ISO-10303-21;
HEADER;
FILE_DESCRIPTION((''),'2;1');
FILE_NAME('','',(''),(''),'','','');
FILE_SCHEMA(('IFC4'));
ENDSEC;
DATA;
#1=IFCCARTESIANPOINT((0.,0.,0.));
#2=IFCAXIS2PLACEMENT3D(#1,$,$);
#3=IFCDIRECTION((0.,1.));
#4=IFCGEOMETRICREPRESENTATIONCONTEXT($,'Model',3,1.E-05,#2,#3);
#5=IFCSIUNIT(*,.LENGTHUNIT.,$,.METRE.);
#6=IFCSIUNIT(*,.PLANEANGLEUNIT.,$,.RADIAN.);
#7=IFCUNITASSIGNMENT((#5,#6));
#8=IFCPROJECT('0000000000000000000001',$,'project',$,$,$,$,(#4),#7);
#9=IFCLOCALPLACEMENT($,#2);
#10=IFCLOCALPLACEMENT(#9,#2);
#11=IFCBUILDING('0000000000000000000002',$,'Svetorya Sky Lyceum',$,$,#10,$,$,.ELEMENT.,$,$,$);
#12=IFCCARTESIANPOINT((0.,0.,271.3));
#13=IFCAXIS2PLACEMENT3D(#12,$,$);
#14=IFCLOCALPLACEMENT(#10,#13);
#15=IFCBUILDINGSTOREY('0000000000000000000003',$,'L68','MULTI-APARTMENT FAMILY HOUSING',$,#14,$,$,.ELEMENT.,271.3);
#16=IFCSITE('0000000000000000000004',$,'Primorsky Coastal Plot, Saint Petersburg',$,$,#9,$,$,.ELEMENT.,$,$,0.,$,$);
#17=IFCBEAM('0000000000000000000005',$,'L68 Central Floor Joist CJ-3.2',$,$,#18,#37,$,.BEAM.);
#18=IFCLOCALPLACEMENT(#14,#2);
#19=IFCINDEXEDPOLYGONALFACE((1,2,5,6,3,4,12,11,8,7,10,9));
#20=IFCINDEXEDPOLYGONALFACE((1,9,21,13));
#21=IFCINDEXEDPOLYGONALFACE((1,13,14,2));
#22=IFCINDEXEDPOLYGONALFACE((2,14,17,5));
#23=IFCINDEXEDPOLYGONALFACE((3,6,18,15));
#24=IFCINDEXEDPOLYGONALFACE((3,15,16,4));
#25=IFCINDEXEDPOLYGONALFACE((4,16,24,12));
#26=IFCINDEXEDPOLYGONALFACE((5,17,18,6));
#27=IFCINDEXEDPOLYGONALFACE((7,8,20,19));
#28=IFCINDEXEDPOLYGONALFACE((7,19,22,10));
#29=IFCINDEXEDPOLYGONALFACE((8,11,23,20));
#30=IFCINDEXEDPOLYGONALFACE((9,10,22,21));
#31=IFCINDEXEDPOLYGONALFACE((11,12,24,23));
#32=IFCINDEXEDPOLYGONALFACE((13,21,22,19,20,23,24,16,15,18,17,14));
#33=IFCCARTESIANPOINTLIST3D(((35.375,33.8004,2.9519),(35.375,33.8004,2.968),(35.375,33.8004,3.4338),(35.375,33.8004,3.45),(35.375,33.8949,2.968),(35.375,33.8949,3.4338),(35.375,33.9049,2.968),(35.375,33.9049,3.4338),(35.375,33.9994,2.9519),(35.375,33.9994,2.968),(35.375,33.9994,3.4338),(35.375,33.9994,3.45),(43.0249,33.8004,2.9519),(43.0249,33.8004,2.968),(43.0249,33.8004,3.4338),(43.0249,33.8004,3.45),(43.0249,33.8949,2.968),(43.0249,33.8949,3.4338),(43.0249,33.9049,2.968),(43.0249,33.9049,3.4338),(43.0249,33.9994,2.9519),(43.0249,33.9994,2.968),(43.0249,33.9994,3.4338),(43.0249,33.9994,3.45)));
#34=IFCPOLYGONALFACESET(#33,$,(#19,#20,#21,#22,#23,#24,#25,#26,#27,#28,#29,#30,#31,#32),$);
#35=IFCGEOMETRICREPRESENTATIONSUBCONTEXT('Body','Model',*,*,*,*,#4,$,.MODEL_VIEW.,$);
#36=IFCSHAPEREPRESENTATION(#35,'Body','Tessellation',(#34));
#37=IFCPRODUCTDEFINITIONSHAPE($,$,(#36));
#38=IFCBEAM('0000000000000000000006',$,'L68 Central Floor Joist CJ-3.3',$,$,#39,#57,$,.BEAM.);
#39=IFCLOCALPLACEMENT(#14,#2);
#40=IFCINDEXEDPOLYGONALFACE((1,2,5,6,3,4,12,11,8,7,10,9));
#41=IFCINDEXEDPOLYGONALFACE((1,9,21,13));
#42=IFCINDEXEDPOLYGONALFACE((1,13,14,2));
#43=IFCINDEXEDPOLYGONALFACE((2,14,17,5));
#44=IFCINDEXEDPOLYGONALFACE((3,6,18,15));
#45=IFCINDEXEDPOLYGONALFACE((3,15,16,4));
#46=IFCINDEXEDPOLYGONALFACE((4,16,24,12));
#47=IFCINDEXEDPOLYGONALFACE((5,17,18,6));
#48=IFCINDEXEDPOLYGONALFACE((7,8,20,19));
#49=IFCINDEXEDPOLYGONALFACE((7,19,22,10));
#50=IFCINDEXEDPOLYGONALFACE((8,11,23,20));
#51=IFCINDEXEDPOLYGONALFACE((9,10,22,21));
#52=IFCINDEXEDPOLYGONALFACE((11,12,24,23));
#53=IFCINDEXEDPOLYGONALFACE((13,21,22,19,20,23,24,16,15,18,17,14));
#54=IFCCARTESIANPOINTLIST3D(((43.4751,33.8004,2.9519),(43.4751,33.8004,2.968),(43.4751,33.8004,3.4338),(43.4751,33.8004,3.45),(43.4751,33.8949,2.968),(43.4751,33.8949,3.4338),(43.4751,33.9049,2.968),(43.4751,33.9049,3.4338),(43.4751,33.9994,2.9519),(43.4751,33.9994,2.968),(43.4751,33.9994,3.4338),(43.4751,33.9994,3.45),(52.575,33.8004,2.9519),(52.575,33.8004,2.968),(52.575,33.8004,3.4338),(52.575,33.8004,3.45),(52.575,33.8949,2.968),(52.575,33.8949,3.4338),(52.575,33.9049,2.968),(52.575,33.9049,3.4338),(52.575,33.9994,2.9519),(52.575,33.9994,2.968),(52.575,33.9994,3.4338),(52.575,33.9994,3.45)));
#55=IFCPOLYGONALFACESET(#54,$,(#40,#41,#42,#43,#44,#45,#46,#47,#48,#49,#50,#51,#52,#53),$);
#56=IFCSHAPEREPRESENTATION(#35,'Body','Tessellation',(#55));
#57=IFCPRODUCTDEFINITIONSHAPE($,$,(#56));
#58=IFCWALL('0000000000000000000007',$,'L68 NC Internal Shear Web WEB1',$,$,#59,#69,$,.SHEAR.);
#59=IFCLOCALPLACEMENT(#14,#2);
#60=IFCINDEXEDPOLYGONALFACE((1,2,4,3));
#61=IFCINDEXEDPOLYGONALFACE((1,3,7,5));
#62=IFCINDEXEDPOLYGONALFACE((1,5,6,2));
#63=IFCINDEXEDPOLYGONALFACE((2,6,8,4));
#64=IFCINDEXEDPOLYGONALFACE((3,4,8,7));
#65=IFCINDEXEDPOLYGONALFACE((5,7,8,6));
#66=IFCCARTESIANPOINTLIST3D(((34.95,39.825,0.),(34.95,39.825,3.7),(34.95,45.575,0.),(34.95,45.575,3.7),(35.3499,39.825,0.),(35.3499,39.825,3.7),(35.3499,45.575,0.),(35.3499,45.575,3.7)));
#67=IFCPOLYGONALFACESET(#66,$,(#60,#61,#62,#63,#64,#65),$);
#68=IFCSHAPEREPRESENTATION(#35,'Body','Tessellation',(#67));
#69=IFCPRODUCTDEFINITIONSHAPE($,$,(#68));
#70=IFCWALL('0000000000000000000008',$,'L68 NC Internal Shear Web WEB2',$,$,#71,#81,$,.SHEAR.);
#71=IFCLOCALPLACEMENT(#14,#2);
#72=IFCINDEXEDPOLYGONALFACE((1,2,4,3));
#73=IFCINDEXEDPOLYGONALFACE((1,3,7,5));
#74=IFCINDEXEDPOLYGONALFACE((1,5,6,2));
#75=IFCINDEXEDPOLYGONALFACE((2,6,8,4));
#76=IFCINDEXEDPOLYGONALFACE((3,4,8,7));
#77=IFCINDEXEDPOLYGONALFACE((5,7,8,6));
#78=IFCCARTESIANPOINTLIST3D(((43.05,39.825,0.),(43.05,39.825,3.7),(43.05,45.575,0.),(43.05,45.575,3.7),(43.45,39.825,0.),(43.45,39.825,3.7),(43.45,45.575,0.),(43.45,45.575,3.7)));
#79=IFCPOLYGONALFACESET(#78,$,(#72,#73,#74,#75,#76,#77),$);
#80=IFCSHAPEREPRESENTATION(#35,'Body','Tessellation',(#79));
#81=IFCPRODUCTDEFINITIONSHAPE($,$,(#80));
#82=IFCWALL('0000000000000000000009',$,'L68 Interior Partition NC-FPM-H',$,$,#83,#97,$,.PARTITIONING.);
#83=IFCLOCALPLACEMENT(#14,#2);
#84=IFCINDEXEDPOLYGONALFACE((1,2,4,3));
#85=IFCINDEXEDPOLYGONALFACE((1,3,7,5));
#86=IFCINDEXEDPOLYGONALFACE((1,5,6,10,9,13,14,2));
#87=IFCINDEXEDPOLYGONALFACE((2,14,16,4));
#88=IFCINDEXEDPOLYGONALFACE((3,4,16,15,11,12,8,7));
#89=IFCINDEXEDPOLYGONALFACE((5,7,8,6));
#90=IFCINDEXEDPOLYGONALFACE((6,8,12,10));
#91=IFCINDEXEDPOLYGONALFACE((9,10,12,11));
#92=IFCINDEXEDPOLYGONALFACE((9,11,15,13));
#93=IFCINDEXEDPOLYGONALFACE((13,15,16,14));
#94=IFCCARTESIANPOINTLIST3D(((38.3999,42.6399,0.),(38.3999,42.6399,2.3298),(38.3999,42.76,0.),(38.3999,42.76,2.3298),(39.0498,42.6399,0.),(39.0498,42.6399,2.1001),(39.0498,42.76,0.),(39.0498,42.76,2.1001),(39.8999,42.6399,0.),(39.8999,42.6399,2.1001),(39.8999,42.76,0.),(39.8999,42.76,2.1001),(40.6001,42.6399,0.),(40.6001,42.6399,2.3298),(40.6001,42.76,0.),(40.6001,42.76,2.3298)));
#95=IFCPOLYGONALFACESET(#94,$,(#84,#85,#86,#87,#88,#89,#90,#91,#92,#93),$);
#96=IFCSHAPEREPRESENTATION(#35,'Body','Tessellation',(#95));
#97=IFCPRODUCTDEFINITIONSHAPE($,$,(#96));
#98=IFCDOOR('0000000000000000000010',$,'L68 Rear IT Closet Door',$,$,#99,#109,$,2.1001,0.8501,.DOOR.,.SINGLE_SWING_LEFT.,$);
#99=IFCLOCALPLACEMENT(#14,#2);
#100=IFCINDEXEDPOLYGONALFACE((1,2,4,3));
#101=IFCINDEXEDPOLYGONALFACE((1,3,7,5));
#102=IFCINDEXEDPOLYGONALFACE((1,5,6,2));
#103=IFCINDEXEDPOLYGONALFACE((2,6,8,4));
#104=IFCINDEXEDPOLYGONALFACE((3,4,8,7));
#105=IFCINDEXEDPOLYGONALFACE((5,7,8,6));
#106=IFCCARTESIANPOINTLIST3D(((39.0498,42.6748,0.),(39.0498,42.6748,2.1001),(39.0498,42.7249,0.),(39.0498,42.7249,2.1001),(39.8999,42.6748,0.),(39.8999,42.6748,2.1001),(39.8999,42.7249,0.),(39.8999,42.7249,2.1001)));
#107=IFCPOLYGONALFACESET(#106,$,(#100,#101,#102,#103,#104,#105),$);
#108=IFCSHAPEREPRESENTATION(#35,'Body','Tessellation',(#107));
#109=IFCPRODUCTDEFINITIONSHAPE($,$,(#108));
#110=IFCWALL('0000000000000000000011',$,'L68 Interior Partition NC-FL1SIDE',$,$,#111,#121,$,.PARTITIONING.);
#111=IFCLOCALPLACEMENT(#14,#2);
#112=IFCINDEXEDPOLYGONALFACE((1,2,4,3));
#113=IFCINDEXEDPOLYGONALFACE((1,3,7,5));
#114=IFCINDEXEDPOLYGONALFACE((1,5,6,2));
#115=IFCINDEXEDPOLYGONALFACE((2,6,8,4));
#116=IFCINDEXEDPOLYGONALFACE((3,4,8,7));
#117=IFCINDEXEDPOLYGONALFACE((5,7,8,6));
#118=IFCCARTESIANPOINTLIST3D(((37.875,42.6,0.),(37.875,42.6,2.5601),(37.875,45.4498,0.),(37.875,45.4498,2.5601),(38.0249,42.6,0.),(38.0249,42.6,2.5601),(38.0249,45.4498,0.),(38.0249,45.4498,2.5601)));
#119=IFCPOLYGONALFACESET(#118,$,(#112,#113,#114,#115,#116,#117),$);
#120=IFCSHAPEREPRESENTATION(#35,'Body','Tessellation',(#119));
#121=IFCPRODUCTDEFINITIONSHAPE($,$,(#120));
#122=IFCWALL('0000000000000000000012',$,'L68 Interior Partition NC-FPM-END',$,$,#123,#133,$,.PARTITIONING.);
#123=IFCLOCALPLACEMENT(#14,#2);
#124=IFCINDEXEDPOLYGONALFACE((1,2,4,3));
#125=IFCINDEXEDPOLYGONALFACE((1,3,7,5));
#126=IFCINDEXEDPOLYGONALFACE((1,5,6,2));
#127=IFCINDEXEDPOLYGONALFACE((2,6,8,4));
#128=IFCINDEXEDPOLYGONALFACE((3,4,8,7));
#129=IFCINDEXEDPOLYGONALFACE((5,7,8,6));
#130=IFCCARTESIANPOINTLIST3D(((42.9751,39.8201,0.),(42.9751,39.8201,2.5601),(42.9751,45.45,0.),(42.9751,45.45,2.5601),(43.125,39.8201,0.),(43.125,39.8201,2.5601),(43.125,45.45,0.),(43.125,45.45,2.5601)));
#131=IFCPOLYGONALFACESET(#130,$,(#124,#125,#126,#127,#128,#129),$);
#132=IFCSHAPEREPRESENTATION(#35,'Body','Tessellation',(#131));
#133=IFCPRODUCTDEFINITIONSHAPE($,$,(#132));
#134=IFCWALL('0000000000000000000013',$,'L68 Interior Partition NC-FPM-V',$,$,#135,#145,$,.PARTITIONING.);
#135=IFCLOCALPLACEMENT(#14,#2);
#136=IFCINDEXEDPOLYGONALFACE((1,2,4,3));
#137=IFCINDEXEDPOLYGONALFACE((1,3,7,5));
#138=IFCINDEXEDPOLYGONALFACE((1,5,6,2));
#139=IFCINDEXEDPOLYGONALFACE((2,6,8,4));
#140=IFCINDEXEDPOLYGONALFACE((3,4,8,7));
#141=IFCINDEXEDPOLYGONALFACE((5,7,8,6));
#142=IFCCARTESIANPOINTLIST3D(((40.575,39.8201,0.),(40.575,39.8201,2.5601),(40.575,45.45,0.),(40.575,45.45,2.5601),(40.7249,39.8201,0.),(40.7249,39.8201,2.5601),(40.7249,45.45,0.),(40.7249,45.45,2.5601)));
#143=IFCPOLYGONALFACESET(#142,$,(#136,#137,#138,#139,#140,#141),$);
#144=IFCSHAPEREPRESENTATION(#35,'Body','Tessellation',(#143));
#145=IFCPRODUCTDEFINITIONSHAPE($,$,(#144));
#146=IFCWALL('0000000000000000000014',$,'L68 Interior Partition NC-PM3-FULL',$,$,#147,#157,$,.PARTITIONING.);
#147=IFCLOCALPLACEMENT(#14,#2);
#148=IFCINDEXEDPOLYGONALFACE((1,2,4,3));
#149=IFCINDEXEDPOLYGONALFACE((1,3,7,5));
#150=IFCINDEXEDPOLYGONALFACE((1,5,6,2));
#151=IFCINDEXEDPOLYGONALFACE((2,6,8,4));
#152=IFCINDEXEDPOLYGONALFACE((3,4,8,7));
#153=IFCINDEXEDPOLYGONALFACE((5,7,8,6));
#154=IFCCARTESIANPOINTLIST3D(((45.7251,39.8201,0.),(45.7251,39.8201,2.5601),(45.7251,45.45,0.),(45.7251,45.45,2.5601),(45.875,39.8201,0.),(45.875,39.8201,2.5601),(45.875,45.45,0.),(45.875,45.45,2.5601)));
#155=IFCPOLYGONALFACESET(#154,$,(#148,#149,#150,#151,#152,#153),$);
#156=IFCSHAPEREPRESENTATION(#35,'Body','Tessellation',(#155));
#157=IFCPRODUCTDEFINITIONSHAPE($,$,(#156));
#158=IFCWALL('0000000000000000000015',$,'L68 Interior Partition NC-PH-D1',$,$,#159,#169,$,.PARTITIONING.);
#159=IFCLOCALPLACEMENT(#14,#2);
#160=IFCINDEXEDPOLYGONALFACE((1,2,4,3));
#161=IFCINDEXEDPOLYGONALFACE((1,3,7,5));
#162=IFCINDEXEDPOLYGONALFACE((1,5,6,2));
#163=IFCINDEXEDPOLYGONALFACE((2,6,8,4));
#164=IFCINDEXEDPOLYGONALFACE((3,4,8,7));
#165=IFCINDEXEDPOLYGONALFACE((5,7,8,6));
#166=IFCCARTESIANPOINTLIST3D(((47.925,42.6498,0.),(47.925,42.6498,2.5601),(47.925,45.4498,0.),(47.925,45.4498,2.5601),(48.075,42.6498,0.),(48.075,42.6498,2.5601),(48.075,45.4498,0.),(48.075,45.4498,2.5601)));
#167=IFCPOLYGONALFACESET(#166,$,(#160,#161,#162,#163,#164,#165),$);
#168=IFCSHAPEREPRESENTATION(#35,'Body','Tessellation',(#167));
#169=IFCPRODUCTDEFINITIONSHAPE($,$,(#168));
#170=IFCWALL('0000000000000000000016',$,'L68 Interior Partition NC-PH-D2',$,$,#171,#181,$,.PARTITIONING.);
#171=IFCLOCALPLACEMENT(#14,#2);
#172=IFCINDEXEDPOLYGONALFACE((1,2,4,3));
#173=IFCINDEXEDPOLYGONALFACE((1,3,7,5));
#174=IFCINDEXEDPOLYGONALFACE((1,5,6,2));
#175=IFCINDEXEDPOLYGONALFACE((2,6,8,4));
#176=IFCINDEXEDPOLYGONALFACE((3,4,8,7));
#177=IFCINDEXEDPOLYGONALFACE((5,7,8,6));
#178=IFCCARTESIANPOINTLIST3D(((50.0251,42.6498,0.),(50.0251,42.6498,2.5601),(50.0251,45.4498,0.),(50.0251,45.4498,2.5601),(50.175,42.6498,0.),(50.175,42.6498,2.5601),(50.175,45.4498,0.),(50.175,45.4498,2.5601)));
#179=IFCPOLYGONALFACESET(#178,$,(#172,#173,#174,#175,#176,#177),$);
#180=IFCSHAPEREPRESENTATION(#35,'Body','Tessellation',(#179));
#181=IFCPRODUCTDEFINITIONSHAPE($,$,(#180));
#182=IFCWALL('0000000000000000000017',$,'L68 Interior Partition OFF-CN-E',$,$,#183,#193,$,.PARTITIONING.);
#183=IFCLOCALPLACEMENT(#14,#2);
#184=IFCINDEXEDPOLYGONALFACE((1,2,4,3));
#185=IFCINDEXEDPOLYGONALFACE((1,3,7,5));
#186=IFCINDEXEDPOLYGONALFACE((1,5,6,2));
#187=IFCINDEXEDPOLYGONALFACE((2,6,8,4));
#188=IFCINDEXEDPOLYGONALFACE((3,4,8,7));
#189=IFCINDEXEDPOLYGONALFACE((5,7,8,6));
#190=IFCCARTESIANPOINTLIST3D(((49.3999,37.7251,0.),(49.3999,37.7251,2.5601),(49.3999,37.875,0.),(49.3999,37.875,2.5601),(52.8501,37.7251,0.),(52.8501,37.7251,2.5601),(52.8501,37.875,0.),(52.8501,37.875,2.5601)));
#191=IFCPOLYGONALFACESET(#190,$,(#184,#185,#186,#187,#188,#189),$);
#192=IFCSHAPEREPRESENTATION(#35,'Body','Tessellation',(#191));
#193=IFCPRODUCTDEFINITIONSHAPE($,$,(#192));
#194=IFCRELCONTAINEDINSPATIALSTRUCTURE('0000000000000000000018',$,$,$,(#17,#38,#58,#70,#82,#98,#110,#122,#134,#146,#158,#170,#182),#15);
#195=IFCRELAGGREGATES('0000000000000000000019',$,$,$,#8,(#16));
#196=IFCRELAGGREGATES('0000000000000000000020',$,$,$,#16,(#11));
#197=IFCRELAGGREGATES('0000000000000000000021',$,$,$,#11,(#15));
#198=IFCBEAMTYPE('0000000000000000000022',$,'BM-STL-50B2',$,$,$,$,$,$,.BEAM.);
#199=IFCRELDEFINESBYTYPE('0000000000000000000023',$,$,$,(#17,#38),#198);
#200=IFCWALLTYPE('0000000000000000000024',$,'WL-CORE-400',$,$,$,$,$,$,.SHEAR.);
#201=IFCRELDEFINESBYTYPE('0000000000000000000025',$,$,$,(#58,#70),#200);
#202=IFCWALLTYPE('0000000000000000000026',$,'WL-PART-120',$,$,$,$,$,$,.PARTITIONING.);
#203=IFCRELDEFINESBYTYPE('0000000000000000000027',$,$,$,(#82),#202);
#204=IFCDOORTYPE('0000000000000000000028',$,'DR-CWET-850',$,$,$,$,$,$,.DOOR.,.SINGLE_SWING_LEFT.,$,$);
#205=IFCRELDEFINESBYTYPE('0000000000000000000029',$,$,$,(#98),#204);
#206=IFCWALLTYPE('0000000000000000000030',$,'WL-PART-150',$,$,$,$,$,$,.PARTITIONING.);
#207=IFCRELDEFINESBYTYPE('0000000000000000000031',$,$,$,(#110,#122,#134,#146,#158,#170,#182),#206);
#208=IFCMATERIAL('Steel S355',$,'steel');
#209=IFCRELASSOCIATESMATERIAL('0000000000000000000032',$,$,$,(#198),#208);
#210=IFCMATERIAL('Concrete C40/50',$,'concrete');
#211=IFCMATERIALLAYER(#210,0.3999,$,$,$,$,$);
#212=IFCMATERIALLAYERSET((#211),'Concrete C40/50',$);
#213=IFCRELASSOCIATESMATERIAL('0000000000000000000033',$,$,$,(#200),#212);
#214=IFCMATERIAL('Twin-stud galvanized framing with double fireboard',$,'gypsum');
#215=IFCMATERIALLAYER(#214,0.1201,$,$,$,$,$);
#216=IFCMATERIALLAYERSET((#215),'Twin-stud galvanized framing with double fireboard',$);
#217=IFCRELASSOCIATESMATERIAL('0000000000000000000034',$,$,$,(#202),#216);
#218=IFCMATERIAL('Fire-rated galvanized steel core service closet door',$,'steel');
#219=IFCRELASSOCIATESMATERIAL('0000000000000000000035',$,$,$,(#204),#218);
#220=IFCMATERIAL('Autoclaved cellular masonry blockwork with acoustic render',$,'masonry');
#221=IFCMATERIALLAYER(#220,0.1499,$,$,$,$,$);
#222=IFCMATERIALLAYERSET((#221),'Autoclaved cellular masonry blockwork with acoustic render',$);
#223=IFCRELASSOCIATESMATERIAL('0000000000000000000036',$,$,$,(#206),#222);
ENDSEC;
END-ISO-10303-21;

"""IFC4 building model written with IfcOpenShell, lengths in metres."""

from ifc_helpers import new_model, si_unit, direction, frame, frame_2d, origin, origin_2d, place, context, subcontext, project, spatial, rectangle, i_section, extrude, material, layer, layer_set, material_profile, profile_set, type_object, element, fill, save


model = new_model("IFC4")

# Units and contexts
model_context = context("Model", 3, precision=1e-05, world=origin(), true_north=direction((0.0, 1.0)))
body_context = subcontext(model_context, "Body", "Model", "MODEL_VIEW")
ifc_project = project(units=[si_unit("LENGTHUNIT", "METRE"), si_unit("PLANEANGLEUNIT", "RADIAN")], contexts=[model_context])

# Site, building, storey
site_placement = place(None, origin())
site = spatial("IfcSite", under=ifc_project, at=site_placement, Name="Primorsky Coastal Plot, Saint Petersburg", CompositionType="ELEMENT", RefElevation=0.0)
building_placement = place(site_placement, origin())
building = spatial("IfcBuilding", under=site, at=building_placement, Name="Svetorya Sky Lyceum", CompositionType="ELEMENT")
storey_placement = place(building_placement, frame((0.0, 0.0, 271.3)))
storey = spatial("IfcBuildingStorey", under=building, at=storey_placement, Name="L68", Description="MULTI-APARTMENT FAMILY HOUSING", CompositionType="ELEMENT", Elevation=271.3)

# Shared definitions
ifc_material_1 = material(Name="Concrete C40/50", Category="concrete")

# Beams
ifc_material_2 = material(Name="Steel S355", Category="steel")
ifc_material_profile_1 = material_profile(ifc_material_2, i_section(OverallWidth=0.199, OverallDepth=0.498, WebThickness=0.01, FlangeThickness=0.0161, at=origin_2d()), Name="GOST 50B2")
ifc_profile_set_1 = profile_set([ifc_material_profile_1], Name="Steel S355")
beam_type_1 = type_object("IfcBeamType", Name="BM-STL-50B2", PredefinedType="BEAM", material=ifc_profile_set_1)
beam_1_placement = place(storey_placement, frame((35.375, 33.8999, 3.2009), z_axis=(1.0, 0.0, 0.0), x_axis=(0.0, 1.0, 0.0)))
element("IfcBeam", 1, at=beam_1_placement, inside=storey, type_object=beam_type_1, Name="L68 Central Floor Joist CJ-3.2", PredefinedType="BEAM", context=body_context, shape_type="SweptSolid", body=[
    extrude(i_section(OverallWidth=0.199, OverallDepth=0.498, WebThickness=0.01, FlangeThickness=0.0161, at=origin_2d()), origin(), (0.0, 0.0, 1.0), 7.6499),
])
beam_2_placement = place(storey_placement, frame((43.4751, 33.8999, 3.2009), z_axis=(1.0, 0.0, 0.0), x_axis=(0.0, 1.0, 0.0)))
element("IfcBeam", 2, at=beam_2_placement, inside=storey, type_object=beam_type_1, Name="L68 Central Floor Joist CJ-3.3", PredefinedType="BEAM", context=body_context, shape_type="SweptSolid", body=[
    extrude(i_section(OverallWidth=0.199, OverallDepth=0.498, WebThickness=0.01, FlangeThickness=0.0161, at=origin_2d()), origin(), (0.0, 0.0, 1.0), 9.0999),
])

# Walls
ifc_layer_1 = layer(ifc_material_1, 0.3999)
ifc_layer_set_1 = layer_set([ifc_layer_1], Name="Concrete C40/50")
wall_type_1 = type_object("IfcWallType", Name="WL-CORE-400", PredefinedType="SHEAR", material=ifc_layer_set_1)
for number, where, z_axis, x_axis, name in (
    (3, (35.1499, 39.825, 0.0), (0.0, 0.0, 1.0), (0.0, 1.0, 0.0), "L68 NC Internal Shear Web WEB1"),
    (4, (43.25, 39.825, 0.0), (0.0, 0.0, 1.0), (0.0, 1.0, 0.0), "L68 NC Internal Shear Web WEB2"),
):
    element("IfcWall", number, at=place(storey_placement, frame(where, z_axis=z_axis, x_axis=x_axis)), inside=storey, type_object=wall_type_1, Name=name, PredefinedType="SHEAR", context=body_context, shape_type="SweptSolid", body=[
        extrude(rectangle(XDim=5.75, YDim=0.3999, at=frame_2d((2.875, 0.0))), origin(), (0.0, 0.0, 1.0), 3.7),
    ])

# Wall, opening, door
ifc_material_3 = material(Name="Twin-stud galvanized framing with double fireboard", Category="gypsum")
ifc_layer_2 = layer(ifc_material_3, 0.1201)
ifc_layer_set_2 = layer_set([ifc_layer_2], Name="Twin-stud galvanized framing with double fireboard")
wall_type_2 = type_object("IfcWallType", Name="WL-PART-120", PredefinedType="PARTITIONING", material=ifc_layer_set_2)
wall_1_placement = place(storey_placement, frame((38.3999, 42.7, 0.0), z_axis=(0.0, 0.0, 1.0), x_axis=(1.0, 0.0, 0.0)))
wall_1 = element("IfcWall", 5, at=wall_1_placement, inside=storey, type_object=wall_type_2, Name="L68 Interior Partition NC-FPM-H", PredefinedType="PARTITIONING", context=body_context, shape_type="SweptSolid", body=[
    extrude(rectangle(XDim=2.2002, YDim=0.1201, at=frame_2d((1.1001, 0.0))), origin(), (0.0, 0.0, 1.0), 2.3298),
])
opening_1_placement = place(wall_1_placement, frame((0.6499, 0.0, 0.0)))
opening_1 = element("IfcOpeningElement", 6, at=opening_1_placement, cuts=wall_1, PredefinedType="OPENING", context=body_context, shape_type="SweptSolid", body=[
    extrude(rectangle(XDim=0.8501, YDim=2.1001, at=frame_2d((0.425, 1.05))), frame((0.0, 0.0701, 0.0), z_axis=(0.0, -1.0, 0.0), x_axis=(1.0, 0.0, 0.0)), (0.0, 0.0, 1.0), 0.1401),
])
ifc_material_4 = material(Name="Fire-rated galvanized steel core service closet door", Category="steel")
door_type_1 = type_object("IfcDoorType", Name="DR-CWET-850", OperationType="SINGLE_SWING_LEFT", PredefinedType="DOOR", material=ifc_material_4)
door_1_placement = place(opening_1_placement, origin())
door_1 = element("IfcDoor", 7, at=door_1_placement, inside=storey, type_object=door_type_1, Name="L68 Rear IT Closet Door", OperationType="SINGLE_SWING_LEFT", OverallHeight=2.1001, OverallWidth=0.8501, PredefinedType="DOOR", context=body_context, shape_type="SweptSolid", body=[
    extrude(rectangle(XDim=0.8501, YDim=2.1001, at=frame_2d((0.425, 1.05))), frame((0.0, 0.0249, 0.0), z_axis=(0.0, -1.0, 0.0), x_axis=(1.0, 0.0, 0.0)), (0.0, 0.0, 1.0), 0.05),
])
fill(opening_1, door_1)

# Walls
ifc_material_5 = material(Name="Autoclaved cellular masonry blockwork with acoustic render", Category="masonry")
ifc_layer_3 = layer(ifc_material_5, 0.1499)
ifc_layer_set_3 = layer_set([ifc_layer_3], Name="Autoclaved cellular masonry blockwork with acoustic render")
wall_type_3 = type_object("IfcWallType", Name="WL-PART-150", PredefinedType="PARTITIONING", material=ifc_layer_set_3)
wall_2_placement = place(storey_placement, frame((37.95, 42.6001, 0.0), z_axis=(0.0, 0.0, 1.0), x_axis=(0.0, 1.0, 0.0)))
element("IfcWall", 8, at=wall_2_placement, inside=storey, type_object=wall_type_3, Name="L68 Interior Partition NC-FL1SIDE", PredefinedType="PARTITIONING", context=body_context, shape_type="SweptSolid", body=[
    extrude(rectangle(XDim=2.8499, YDim=0.1499, at=frame_2d((1.4248, 0.0))), origin(), (0.0, 0.0, 1.0), 2.5601),
])
for number, where, z_axis, x_axis, name in (
    (9, (43.05, 39.8201, 0.0), (0.0, 0.0, 1.0), (0.0, 1.0, 0.0), "L68 Interior Partition NC-FPM-END"),
    (10, (40.6499, 39.8201, 0.0), (0.0, 0.0, 1.0), (0.0, 1.0, 0.0), "L68 Interior Partition NC-FPM-V"),
    (11, (45.8, 39.8201, 0.0), (0.0, 0.0, 1.0), (0.0, 1.0, 0.0), "L68 Interior Partition NC-PM3-FULL"),
):
    element("IfcWall", number, at=place(storey_placement, frame(where, z_axis=z_axis, x_axis=x_axis)), inside=storey, type_object=wall_type_3, Name=name, PredefinedType="PARTITIONING", context=body_context, shape_type="SweptSolid", body=[
        extrude(rectangle(XDim=5.6299, YDim=0.1499, at=frame_2d((2.8149, 0.0))), origin(), (0.0, 0.0, 1.0), 2.5601),
    ])
for number, where, z_axis, x_axis, name in (
    (12, (48.0, 42.6499, 0.0), (0.0, 0.0, 1.0), (0.0, 1.0, 0.0), "L68 Interior Partition NC-PH-D1"),
    (13, (50.1001, 42.6499, 0.0), (0.0, 0.0, 1.0), (0.0, 1.0, 0.0), "L68 Interior Partition NC-PH-D2"),
):
    element("IfcWall", number, at=place(storey_placement, frame(where, z_axis=z_axis, x_axis=x_axis)), inside=storey, type_object=wall_type_3, Name=name, PredefinedType="PARTITIONING", context=body_context, shape_type="SweptSolid", body=[
        extrude(rectangle(XDim=2.8, YDim=0.1499, at=frame_2d((1.3999, 0.0))), origin(), (0.0, 0.0, 1.0), 2.5601),
    ])
wall_3_placement = place(storey_placement, frame((49.3999, 37.8, 0.0), z_axis=(0.0, 0.0, 1.0), x_axis=(1.0, 0.0, 0.0)))
element("IfcWall", 14, at=wall_3_placement, inside=storey, type_object=wall_type_3, Name="L68 Interior Partition OFF-CN-E", PredefinedType="PARTITIONING", context=body_context, shape_type="SweptSolid", body=[
    extrude(rectangle(XDim=3.4502, YDim=0.1499, at=frame_2d((1.7251, 0.0))), origin(), (0.0, 0.0, 1.0), 2.5601),
])

save(model, "model.ifc")
